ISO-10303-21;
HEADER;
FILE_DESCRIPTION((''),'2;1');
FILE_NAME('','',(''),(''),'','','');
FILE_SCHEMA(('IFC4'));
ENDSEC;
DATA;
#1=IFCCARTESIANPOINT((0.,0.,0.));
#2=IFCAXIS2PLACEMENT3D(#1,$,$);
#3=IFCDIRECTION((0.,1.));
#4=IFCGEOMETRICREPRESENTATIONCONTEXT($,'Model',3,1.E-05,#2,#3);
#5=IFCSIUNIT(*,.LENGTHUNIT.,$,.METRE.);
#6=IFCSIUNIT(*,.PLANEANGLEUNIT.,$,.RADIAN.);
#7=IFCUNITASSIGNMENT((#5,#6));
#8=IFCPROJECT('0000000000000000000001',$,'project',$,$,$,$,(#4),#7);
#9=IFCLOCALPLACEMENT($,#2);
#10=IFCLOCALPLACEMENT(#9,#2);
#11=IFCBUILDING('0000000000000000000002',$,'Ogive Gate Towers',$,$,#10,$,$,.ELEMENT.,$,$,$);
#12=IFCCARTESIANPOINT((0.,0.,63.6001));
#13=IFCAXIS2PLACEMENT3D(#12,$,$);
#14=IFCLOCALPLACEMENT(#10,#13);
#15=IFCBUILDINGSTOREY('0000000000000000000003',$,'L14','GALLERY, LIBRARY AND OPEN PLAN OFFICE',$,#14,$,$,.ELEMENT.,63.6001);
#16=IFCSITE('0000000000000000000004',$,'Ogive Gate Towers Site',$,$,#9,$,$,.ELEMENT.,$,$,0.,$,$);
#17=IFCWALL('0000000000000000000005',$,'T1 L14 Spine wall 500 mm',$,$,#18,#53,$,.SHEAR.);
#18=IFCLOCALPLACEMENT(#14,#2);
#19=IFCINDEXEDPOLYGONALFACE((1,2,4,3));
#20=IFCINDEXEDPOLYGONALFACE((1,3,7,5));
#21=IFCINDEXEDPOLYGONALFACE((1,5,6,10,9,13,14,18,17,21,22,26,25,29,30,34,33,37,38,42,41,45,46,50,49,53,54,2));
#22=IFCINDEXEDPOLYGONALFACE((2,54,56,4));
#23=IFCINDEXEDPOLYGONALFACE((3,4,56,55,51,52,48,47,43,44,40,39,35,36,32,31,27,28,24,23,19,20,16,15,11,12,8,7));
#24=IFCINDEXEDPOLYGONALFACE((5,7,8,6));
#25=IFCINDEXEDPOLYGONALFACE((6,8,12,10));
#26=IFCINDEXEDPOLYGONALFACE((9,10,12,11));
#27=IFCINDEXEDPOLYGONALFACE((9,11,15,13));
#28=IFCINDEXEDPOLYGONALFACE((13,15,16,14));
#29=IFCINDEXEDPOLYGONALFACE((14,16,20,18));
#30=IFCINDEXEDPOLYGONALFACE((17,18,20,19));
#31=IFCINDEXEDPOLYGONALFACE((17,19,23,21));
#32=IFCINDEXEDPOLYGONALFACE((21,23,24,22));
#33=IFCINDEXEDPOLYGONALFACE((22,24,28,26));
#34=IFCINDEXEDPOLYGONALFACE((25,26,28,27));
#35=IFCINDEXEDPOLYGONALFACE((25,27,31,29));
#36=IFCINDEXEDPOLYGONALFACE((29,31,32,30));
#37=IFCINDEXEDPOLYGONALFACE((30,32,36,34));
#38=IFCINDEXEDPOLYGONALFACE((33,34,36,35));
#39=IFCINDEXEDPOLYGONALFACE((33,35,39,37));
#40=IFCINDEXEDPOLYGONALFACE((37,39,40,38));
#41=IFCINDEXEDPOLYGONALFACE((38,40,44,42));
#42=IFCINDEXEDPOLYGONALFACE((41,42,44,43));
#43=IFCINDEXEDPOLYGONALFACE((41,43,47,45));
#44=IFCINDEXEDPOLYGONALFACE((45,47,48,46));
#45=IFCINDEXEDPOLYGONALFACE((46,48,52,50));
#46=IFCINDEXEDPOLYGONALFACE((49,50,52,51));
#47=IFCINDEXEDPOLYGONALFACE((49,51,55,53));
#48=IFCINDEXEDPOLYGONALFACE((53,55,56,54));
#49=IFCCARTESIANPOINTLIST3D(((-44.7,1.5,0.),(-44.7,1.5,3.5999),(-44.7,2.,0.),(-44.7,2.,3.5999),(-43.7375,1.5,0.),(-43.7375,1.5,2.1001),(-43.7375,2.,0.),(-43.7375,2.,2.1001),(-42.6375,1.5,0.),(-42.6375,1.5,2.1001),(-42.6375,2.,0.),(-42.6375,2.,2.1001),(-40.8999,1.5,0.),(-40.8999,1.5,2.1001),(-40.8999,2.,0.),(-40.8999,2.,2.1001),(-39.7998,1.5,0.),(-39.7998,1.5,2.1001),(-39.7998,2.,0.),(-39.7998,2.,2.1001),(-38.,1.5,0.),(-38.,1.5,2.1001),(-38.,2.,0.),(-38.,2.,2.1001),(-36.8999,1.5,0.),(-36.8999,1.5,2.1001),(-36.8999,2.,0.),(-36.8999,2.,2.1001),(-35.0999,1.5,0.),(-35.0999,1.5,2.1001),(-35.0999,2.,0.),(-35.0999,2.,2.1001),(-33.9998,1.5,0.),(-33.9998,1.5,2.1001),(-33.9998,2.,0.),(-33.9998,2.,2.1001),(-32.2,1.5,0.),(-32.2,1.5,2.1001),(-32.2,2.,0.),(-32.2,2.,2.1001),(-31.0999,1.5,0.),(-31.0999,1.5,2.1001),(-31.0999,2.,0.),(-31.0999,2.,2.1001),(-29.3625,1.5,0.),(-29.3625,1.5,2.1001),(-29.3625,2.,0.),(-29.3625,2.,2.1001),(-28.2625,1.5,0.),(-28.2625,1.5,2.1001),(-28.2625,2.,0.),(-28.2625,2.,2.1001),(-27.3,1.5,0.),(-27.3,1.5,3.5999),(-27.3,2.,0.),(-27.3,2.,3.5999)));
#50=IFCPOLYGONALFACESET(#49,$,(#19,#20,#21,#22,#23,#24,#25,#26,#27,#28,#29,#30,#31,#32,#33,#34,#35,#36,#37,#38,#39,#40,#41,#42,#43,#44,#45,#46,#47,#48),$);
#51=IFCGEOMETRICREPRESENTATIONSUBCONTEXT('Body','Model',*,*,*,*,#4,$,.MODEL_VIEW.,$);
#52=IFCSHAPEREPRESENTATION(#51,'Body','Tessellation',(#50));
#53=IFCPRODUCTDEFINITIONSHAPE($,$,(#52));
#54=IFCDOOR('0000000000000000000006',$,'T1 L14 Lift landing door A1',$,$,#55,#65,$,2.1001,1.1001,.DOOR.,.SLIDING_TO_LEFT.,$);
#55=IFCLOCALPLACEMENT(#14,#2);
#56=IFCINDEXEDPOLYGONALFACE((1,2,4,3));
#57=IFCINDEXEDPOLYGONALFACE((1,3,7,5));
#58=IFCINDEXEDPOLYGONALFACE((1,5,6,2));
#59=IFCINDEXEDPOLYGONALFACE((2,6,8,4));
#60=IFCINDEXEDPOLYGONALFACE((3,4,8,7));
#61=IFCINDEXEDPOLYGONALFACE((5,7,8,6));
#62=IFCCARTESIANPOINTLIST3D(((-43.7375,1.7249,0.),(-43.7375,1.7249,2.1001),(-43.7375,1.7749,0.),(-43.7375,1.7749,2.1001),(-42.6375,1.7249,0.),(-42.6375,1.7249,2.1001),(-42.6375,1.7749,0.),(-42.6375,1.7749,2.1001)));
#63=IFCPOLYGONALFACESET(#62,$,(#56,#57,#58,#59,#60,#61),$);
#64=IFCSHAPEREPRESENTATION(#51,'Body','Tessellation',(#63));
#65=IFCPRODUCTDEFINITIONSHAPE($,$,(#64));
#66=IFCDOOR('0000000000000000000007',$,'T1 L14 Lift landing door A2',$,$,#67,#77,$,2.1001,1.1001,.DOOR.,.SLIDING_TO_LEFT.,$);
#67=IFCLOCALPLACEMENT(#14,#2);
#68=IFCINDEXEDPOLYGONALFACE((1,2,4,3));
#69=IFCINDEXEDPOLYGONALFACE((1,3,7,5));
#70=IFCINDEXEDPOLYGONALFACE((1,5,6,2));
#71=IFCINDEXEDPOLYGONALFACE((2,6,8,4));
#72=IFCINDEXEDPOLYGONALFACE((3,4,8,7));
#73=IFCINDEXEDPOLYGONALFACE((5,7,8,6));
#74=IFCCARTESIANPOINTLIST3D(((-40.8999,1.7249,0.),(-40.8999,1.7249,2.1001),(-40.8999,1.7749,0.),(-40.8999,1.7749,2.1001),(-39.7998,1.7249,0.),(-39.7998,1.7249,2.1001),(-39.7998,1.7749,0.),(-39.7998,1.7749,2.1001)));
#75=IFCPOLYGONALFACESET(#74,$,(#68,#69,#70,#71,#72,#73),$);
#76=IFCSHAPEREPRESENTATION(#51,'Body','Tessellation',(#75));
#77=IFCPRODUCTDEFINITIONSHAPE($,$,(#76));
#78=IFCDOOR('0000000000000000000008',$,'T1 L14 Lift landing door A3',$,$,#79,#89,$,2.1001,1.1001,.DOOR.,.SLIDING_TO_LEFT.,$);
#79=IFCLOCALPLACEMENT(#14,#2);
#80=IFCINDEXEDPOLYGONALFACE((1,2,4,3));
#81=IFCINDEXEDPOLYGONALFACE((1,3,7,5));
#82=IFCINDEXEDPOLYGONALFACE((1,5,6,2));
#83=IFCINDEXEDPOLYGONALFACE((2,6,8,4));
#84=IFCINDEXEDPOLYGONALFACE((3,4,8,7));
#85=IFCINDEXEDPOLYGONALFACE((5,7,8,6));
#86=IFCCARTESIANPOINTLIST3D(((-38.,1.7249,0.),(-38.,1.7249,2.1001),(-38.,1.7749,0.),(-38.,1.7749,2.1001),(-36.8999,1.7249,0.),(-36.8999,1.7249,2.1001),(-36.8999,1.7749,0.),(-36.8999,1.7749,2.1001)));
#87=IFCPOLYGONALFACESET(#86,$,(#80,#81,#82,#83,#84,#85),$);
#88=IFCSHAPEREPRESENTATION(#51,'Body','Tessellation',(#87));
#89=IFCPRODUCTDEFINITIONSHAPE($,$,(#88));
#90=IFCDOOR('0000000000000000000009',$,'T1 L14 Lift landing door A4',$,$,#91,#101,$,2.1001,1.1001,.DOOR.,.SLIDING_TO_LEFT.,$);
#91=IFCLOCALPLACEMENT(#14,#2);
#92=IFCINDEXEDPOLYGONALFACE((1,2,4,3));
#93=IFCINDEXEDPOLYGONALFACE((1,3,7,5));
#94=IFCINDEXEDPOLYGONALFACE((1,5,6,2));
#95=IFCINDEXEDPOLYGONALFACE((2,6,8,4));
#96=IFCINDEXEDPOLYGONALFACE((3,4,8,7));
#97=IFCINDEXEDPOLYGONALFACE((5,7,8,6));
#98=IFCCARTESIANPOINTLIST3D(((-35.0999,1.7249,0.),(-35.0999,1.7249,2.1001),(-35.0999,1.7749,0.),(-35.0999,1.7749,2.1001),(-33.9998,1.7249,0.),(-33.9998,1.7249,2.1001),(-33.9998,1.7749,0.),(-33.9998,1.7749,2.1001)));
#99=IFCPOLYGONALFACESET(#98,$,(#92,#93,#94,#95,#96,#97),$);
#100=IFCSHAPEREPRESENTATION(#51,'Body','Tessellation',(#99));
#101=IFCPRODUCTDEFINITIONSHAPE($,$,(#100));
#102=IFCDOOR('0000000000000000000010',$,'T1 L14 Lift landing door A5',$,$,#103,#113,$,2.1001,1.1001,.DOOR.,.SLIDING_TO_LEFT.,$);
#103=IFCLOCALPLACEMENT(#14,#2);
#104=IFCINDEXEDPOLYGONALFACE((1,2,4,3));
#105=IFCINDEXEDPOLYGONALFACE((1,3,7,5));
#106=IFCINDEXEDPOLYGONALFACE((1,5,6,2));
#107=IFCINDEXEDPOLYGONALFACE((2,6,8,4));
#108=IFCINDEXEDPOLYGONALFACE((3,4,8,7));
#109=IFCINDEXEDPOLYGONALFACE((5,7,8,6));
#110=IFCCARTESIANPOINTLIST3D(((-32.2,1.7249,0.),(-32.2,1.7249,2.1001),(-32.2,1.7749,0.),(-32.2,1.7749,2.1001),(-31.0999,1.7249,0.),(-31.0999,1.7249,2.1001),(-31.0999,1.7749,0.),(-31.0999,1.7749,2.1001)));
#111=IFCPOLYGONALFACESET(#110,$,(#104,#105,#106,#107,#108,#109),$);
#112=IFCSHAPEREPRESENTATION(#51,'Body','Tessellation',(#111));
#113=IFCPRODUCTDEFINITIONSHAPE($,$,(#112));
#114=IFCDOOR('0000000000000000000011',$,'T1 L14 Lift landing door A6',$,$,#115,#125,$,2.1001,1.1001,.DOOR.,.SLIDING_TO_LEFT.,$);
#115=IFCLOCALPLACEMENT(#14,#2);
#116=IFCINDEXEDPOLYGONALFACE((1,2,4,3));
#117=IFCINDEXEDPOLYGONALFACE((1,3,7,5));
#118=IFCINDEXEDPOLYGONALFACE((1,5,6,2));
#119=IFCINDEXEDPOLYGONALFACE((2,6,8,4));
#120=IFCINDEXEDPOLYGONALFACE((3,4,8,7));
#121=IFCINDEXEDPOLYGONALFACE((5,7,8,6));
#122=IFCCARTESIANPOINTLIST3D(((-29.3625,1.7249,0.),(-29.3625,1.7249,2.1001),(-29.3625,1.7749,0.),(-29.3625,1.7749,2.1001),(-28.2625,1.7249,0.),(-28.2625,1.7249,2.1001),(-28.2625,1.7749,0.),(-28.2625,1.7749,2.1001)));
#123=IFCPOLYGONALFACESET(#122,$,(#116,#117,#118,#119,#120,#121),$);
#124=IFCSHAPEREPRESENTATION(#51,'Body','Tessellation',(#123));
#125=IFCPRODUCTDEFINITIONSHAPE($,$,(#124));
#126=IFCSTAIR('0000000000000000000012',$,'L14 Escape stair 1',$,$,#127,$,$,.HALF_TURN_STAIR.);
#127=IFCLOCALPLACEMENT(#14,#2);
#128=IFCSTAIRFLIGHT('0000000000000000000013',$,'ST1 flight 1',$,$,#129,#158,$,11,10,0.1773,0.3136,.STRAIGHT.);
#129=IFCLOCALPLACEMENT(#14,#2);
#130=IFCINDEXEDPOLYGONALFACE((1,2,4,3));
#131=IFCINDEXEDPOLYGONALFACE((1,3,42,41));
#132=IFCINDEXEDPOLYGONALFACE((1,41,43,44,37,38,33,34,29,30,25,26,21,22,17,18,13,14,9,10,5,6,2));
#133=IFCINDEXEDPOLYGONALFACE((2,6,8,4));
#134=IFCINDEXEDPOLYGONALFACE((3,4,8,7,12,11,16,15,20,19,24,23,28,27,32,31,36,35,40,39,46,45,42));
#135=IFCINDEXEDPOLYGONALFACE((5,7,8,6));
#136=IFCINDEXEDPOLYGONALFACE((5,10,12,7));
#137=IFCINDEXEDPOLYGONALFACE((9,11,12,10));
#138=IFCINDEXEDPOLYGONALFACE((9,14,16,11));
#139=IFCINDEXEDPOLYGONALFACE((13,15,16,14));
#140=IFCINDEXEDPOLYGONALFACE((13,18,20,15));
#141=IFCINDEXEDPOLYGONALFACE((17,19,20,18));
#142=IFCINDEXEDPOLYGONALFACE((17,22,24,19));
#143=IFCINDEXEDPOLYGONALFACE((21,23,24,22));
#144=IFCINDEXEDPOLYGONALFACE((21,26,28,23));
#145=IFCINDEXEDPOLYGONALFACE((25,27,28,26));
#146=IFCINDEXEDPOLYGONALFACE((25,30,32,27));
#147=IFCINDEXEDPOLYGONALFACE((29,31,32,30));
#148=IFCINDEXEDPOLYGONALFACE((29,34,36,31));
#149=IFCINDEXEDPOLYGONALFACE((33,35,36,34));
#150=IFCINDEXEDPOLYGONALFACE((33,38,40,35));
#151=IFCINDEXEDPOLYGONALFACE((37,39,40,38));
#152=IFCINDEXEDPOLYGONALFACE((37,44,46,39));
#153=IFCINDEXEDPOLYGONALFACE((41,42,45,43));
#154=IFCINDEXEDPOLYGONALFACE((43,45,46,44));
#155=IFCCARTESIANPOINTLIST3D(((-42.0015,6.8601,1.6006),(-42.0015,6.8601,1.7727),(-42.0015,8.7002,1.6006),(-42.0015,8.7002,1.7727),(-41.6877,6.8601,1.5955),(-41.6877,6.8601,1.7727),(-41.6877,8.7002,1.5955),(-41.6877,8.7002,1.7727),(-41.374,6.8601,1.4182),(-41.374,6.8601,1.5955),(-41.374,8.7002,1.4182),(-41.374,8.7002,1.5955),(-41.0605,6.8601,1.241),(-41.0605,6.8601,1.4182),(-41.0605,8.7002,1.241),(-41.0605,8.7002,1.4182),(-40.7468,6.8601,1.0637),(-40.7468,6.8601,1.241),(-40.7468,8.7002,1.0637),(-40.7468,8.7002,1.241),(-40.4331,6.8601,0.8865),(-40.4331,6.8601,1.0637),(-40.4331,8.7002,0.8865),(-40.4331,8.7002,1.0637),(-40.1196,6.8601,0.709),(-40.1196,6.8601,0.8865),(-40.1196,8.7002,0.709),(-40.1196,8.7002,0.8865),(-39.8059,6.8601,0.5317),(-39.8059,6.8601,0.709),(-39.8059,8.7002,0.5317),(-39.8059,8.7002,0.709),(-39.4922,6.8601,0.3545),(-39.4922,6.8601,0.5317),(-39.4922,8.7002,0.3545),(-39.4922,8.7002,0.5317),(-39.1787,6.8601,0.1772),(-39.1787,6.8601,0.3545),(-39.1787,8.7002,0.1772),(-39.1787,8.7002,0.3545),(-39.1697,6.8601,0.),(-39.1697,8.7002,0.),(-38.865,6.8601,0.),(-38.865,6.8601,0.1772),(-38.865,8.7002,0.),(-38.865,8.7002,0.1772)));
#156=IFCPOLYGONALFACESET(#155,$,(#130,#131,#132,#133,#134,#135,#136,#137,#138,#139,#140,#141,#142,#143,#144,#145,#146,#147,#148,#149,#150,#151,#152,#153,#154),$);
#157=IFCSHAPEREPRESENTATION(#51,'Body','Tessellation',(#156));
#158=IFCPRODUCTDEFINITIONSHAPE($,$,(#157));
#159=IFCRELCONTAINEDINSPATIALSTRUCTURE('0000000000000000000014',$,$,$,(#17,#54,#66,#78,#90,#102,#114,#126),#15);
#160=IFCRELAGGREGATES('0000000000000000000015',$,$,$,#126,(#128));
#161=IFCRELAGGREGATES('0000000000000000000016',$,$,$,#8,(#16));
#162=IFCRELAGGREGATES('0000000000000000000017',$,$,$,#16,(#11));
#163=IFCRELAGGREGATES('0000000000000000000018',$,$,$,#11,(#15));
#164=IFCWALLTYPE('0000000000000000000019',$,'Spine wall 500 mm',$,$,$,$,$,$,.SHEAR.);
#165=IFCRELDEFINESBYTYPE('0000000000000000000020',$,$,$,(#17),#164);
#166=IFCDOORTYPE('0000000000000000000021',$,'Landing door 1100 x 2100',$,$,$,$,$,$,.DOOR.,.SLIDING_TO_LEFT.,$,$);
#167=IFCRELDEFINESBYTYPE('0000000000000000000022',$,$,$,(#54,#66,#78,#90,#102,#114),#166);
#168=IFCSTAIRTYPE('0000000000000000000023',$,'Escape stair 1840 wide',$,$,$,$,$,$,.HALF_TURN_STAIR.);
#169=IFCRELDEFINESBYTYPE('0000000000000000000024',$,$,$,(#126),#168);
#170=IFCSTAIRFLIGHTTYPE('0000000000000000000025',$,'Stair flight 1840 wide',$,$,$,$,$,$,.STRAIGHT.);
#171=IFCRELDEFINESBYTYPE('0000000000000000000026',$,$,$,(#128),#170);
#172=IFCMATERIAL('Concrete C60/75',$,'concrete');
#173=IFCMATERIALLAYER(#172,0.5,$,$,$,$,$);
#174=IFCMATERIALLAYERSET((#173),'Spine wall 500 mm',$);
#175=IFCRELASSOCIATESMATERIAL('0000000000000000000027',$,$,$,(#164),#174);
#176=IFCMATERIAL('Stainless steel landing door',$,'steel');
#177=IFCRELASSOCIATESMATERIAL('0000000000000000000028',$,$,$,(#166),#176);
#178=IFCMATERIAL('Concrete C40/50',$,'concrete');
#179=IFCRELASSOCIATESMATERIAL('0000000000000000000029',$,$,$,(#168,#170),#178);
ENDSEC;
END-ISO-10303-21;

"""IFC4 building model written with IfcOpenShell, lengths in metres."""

from ifc_helpers import new_model, si_unit, direction, frame, frame_2d, origin, place, context, subcontext, project, spatial, polyline, rectangle, outline, extrude, material, layer, layer_set, type_object, element, fill, aggregate, save


model = new_model("IFC4")

# Units and contexts
model_context = context("Model", 3, precision=1e-05, world=origin(), true_north=direction((0.0, 1.0)))
body_context = subcontext(model_context, "Body", "Model", "MODEL_VIEW")
ifc_project = project(units=[si_unit("LENGTHUNIT", "METRE"), si_unit("PLANEANGLEUNIT", "RADIAN")], contexts=[model_context])

# Site, building, storey
site_placement = place(None, origin())
site = spatial("IfcSite", under=ifc_project, at=site_placement, Name="Ogive Gate Towers Site", CompositionType="ELEMENT", RefElevation=0.0)
building_placement = place(site_placement, origin())
building = spatial("IfcBuilding", under=site, at=building_placement, Name="Ogive Gate Towers", CompositionType="ELEMENT")
storey_placement = place(building_placement, frame((0.0, 0.0, 63.6001)))
storey = spatial("IfcBuildingStorey", under=building, at=storey_placement, Name="L14", Description="GALLERY, LIBRARY AND OPEN PLAN OFFICE", CompositionType="ELEMENT", Elevation=63.6001)

# Shared definitions
ifc_material_1 = material(Name="Concrete C60/75", Category="concrete")

# Shared definitions
ifc_material_2 = material(Name="Stainless steel landing door", Category="steel")

# Wall, openings, doors
ifc_layer_1 = layer(ifc_material_1, 0.5)
ifc_layer_set_1 = layer_set([ifc_layer_1], Name="Spine wall 500 mm")
wall_type_1 = type_object("IfcWallType", Name="Spine wall 500 mm", PredefinedType="SHEAR", material=ifc_layer_set_1)
wall_1_placement = place(storey_placement, frame((-44.7, 1.75, 0.0), z_axis=(0.0, 0.0, 1.0), x_axis=(1.0, 0.0, 0.0)))
wall_1 = element("IfcWall", 1, at=wall_1_placement, inside=storey, type_object=wall_type_1, Name="T1 L14 Spine wall 500 mm", PredefinedType="SHEAR", context=body_context, shape_type="SweptSolid", body=[
    extrude(rectangle(XDim=17.3999, YDim=0.5, at=frame_2d((8.7, 0.0))), origin(), (0.0, 0.0, 1.0), 3.5999),
])
opening_1_placement = place(wall_1_placement, frame((0.9624, 0.0, 0.0)))
opening_1 = element("IfcOpeningElement", 2, at=opening_1_placement, cuts=wall_1, PredefinedType="OPENING", context=body_context, shape_type="SweptSolid", body=[
    extrude(rectangle(XDim=1.1001, YDim=2.1001, at=frame_2d((0.55, 1.05))), frame((0.0, 0.26, 0.0), z_axis=(0.0, -1.0, 0.0), x_axis=(1.0, 0.0, 0.0)), (0.0, 0.0, 1.0), 0.52),
])
opening_2_placement = place(wall_1_placement, frame((3.8, 0.0, 0.0)))
opening_2 = element("IfcOpeningElement", 3, at=opening_2_placement, cuts=wall_1, PredefinedType="OPENING", context=body_context, shape_type="SweptSolid", body=[
    extrude(rectangle(XDim=1.1001, YDim=2.1001, at=frame_2d((0.55, 1.05))), frame((0.0, 0.26, 0.0), z_axis=(0.0, -1.0, 0.0), x_axis=(1.0, 0.0, 0.0)), (0.0, 0.0, 1.0), 0.52),
])
opening_3_placement = place(wall_1_placement, frame((6.7, 0.0, 0.0)))
opening_3 = element("IfcOpeningElement", 4, at=opening_3_placement, cuts=wall_1, PredefinedType="OPENING", context=body_context, shape_type="SweptSolid", body=[
    extrude(rectangle(XDim=1.1001, YDim=2.1001, at=frame_2d((0.55, 1.05))), frame((0.0, 0.26, 0.0), z_axis=(0.0, -1.0, 0.0), x_axis=(1.0, 0.0, 0.0)), (0.0, 0.0, 1.0), 0.52),
])
opening_4_placement = place(wall_1_placement, frame((9.6001, 0.0, 0.0)))
opening_4 = element("IfcOpeningElement", 5, at=opening_4_placement, cuts=wall_1, PredefinedType="OPENING", context=body_context, shape_type="SweptSolid", body=[
    extrude(rectangle(XDim=1.1001, YDim=2.1001, at=frame_2d((0.55, 1.05))), frame((0.0, 0.26, 0.0), z_axis=(0.0, -1.0, 0.0), x_axis=(1.0, 0.0, 0.0)), (0.0, 0.0, 1.0), 0.52),
])
opening_5_placement = place(wall_1_placement, frame((12.5, 0.0, 0.0)))
opening_5 = element("IfcOpeningElement", 6, at=opening_5_placement, cuts=wall_1, PredefinedType="OPENING", context=body_context, shape_type="SweptSolid", body=[
    extrude(rectangle(XDim=1.1001, YDim=2.1001, at=frame_2d((0.55, 1.05))), frame((0.0, 0.26, 0.0), z_axis=(0.0, -1.0, 0.0), x_axis=(1.0, 0.0, 0.0)), (0.0, 0.0, 1.0), 0.52),
])
opening_6_placement = place(wall_1_placement, frame((15.3374, 0.0, 0.0)))
opening_6 = element("IfcOpeningElement", 7, at=opening_6_placement, cuts=wall_1, PredefinedType="OPENING", context=body_context, shape_type="SweptSolid", body=[
    extrude(rectangle(XDim=1.1001, YDim=2.1001, at=frame_2d((0.55, 1.05))), frame((0.0, 0.26, 0.0), z_axis=(0.0, -1.0, 0.0), x_axis=(1.0, 0.0, 0.0)), (0.0, 0.0, 1.0), 0.52),
])
door_type_1 = type_object("IfcDoorType", Name="Landing door 1100 x 2100", OperationType="SLIDING_TO_LEFT", PredefinedType="DOOR", material=ifc_material_2)
door_1_placement = place(opening_1_placement, origin())
door_1 = element("IfcDoor", 8, at=door_1_placement, inside=storey, type_object=door_type_1, Name="T1 L14 Lift landing door A1", OperationType="SLIDING_TO_LEFT", OverallHeight=2.1001, OverallWidth=1.1001, PredefinedType="DOOR", context=body_context, shape_type="SweptSolid", body=[
    extrude(rectangle(XDim=1.1001, YDim=2.1001, at=frame_2d((0.55, 1.05))), frame((0.0, 0.0249, 0.0), z_axis=(0.0, -1.0, 0.0), x_axis=(1.0, 0.0, 0.0)), (0.0, 0.0, 1.0), 0.05),
])
fill(opening_1, door_1)
door_2_placement = place(opening_2_placement, origin())
door_2 = element("IfcDoor", 9, at=door_2_placement, inside=storey, type_object=door_type_1, Name="T1 L14 Lift landing door A2", OperationType="SLIDING_TO_LEFT", OverallHeight=2.1001, OverallWidth=1.1001, PredefinedType="DOOR", context=body_context, shape_type="SweptSolid", body=[
    extrude(rectangle(XDim=1.1001, YDim=2.1001, at=frame_2d((0.55, 1.05))), frame((0.0, 0.0249, 0.0), z_axis=(0.0, -1.0, 0.0), x_axis=(1.0, 0.0, 0.0)), (0.0, 0.0, 1.0), 0.05),
])
fill(opening_2, door_2)
door_3_placement = place(opening_3_placement, origin())
door_3 = element("IfcDoor", 10, at=door_3_placement, inside=storey, type_object=door_type_1, Name="T1 L14 Lift landing door A3", OperationType="SLIDING_TO_LEFT", OverallHeight=2.1001, OverallWidth=1.1001, PredefinedType="DOOR", context=body_context, shape_type="SweptSolid", body=[
    extrude(rectangle(XDim=1.1001, YDim=2.1001, at=frame_2d((0.55, 1.05))), frame((0.0, 0.0249, 0.0), z_axis=(0.0, -1.0, 0.0), x_axis=(1.0, 0.0, 0.0)), (0.0, 0.0, 1.0), 0.05),
])
fill(opening_3, door_3)
door_4_placement = place(opening_4_placement, origin())
door_4 = element("IfcDoor", 11, at=door_4_placement, inside=storey, type_object=door_type_1, Name="T1 L14 Lift landing door A4", OperationType="SLIDING_TO_LEFT", OverallHeight=2.1001, OverallWidth=1.1001, PredefinedType="DOOR", context=body_context, shape_type="SweptSolid", body=[
    extrude(rectangle(XDim=1.1001, YDim=2.1001, at=frame_2d((0.55, 1.05))), frame((0.0, 0.0249, 0.0), z_axis=(0.0, -1.0, 0.0), x_axis=(1.0, 0.0, 0.0)), (0.0, 0.0, 1.0), 0.05),
])
fill(opening_4, door_4)
door_5_placement = place(opening_5_placement, origin())
door_5 = element("IfcDoor", 12, at=door_5_placement, inside=storey, type_object=door_type_1, Name="T1 L14 Lift landing door A5", OperationType="SLIDING_TO_LEFT", OverallHeight=2.1001, OverallWidth=1.1001, PredefinedType="DOOR", context=body_context, shape_type="SweptSolid", body=[
    extrude(rectangle(XDim=1.1001, YDim=2.1001, at=frame_2d((0.55, 1.05))), frame((0.0, 0.0249, 0.0), z_axis=(0.0, -1.0, 0.0), x_axis=(1.0, 0.0, 0.0)), (0.0, 0.0, 1.0), 0.05),
])
fill(opening_5, door_5)
door_6_placement = place(opening_6_placement, origin())
door_6 = element("IfcDoor", 13, at=door_6_placement, inside=storey, type_object=door_type_1, Name="T1 L14 Lift landing door A6", OperationType="SLIDING_TO_LEFT", OverallHeight=2.1001, OverallWidth=1.1001, PredefinedType="DOOR", context=body_context, shape_type="SweptSolid", body=[
    extrude(rectangle(XDim=1.1001, YDim=2.1001, at=frame_2d((0.55, 1.05))), frame((0.0, 0.0249, 0.0), z_axis=(0.0, -1.0, 0.0), x_axis=(1.0, 0.0, 0.0)), (0.0, 0.0, 1.0), 0.05),
])
fill(opening_6, door_6)

# Stair, stair flight
ifc_material_3 = material(Name="Concrete C40/50", Category="concrete")
stair_type = type_object("IfcStairType", Name="Escape stair 1840 wide", PredefinedType="HALF_TURN_STAIR", material=ifc_material_3)
stair_placement = place(storey_placement, origin())
stair = element("IfcStair", 14, at=stair_placement, inside=storey, type_object=stair_type, Name="L14 Escape stair 1", PredefinedType="HALF_TURN_STAIR")
stair_flight_type = type_object("IfcStairFlightType", Name="Stair flight 1840 wide", PredefinedType="STRAIGHT", material=ifc_material_3)
stair_flight_1_placement = place(storey_placement, frame((-38.865, 7.78, 0.0), z_axis=(0.0, 0.0, 1.0), x_axis=(-1.0, 0.0, 0.0)))
stair_flight_1 = element("IfcStairFlight", 15, at=stair_flight_1_placement, type_object=stair_flight_type, Name="ST1 flight 1", NumberOfRisers=11, NumberOfTreads=10, PredefinedType="STRAIGHT", RiserHeight=0.1773, TreadLength=0.3136, context=body_context, shape_type="SweptSolid", body=[
    extrude(outline(polyline([(0.0, 0.0), (0.0, 0.1772), (0.3137, 0.1772), (0.3137, 0.3545), (0.6272, 0.3545), (0.6272, 0.5317), (0.9409, 0.5317), (0.9409, 0.709), (1.2546, 0.709), (1.2546, 0.8865), (1.5681, 0.8865), (1.5681, 1.0637), (1.8818, 1.0637), (1.8818, 1.241), (2.1956, 1.241), (2.1956, 1.4182), (2.509, 1.4182), (2.509, 1.5955), (2.8228, 1.5955), (2.8228, 1.7727), (3.1365, 1.7727), (3.1365, 1.95), (3.1365, 1.6006), (0.3047, 0.0), (0.0, 0.0)])), frame((0.0, 0.9199, 0.0), z_axis=(0.0, -1.0, 0.0), x_axis=(1.0, 0.0, 0.0)), (0.0, 0.0, 1.0), 1.8401),
])
aggregate(stair, [stair_flight_1])

save(model, "model.ifc")
